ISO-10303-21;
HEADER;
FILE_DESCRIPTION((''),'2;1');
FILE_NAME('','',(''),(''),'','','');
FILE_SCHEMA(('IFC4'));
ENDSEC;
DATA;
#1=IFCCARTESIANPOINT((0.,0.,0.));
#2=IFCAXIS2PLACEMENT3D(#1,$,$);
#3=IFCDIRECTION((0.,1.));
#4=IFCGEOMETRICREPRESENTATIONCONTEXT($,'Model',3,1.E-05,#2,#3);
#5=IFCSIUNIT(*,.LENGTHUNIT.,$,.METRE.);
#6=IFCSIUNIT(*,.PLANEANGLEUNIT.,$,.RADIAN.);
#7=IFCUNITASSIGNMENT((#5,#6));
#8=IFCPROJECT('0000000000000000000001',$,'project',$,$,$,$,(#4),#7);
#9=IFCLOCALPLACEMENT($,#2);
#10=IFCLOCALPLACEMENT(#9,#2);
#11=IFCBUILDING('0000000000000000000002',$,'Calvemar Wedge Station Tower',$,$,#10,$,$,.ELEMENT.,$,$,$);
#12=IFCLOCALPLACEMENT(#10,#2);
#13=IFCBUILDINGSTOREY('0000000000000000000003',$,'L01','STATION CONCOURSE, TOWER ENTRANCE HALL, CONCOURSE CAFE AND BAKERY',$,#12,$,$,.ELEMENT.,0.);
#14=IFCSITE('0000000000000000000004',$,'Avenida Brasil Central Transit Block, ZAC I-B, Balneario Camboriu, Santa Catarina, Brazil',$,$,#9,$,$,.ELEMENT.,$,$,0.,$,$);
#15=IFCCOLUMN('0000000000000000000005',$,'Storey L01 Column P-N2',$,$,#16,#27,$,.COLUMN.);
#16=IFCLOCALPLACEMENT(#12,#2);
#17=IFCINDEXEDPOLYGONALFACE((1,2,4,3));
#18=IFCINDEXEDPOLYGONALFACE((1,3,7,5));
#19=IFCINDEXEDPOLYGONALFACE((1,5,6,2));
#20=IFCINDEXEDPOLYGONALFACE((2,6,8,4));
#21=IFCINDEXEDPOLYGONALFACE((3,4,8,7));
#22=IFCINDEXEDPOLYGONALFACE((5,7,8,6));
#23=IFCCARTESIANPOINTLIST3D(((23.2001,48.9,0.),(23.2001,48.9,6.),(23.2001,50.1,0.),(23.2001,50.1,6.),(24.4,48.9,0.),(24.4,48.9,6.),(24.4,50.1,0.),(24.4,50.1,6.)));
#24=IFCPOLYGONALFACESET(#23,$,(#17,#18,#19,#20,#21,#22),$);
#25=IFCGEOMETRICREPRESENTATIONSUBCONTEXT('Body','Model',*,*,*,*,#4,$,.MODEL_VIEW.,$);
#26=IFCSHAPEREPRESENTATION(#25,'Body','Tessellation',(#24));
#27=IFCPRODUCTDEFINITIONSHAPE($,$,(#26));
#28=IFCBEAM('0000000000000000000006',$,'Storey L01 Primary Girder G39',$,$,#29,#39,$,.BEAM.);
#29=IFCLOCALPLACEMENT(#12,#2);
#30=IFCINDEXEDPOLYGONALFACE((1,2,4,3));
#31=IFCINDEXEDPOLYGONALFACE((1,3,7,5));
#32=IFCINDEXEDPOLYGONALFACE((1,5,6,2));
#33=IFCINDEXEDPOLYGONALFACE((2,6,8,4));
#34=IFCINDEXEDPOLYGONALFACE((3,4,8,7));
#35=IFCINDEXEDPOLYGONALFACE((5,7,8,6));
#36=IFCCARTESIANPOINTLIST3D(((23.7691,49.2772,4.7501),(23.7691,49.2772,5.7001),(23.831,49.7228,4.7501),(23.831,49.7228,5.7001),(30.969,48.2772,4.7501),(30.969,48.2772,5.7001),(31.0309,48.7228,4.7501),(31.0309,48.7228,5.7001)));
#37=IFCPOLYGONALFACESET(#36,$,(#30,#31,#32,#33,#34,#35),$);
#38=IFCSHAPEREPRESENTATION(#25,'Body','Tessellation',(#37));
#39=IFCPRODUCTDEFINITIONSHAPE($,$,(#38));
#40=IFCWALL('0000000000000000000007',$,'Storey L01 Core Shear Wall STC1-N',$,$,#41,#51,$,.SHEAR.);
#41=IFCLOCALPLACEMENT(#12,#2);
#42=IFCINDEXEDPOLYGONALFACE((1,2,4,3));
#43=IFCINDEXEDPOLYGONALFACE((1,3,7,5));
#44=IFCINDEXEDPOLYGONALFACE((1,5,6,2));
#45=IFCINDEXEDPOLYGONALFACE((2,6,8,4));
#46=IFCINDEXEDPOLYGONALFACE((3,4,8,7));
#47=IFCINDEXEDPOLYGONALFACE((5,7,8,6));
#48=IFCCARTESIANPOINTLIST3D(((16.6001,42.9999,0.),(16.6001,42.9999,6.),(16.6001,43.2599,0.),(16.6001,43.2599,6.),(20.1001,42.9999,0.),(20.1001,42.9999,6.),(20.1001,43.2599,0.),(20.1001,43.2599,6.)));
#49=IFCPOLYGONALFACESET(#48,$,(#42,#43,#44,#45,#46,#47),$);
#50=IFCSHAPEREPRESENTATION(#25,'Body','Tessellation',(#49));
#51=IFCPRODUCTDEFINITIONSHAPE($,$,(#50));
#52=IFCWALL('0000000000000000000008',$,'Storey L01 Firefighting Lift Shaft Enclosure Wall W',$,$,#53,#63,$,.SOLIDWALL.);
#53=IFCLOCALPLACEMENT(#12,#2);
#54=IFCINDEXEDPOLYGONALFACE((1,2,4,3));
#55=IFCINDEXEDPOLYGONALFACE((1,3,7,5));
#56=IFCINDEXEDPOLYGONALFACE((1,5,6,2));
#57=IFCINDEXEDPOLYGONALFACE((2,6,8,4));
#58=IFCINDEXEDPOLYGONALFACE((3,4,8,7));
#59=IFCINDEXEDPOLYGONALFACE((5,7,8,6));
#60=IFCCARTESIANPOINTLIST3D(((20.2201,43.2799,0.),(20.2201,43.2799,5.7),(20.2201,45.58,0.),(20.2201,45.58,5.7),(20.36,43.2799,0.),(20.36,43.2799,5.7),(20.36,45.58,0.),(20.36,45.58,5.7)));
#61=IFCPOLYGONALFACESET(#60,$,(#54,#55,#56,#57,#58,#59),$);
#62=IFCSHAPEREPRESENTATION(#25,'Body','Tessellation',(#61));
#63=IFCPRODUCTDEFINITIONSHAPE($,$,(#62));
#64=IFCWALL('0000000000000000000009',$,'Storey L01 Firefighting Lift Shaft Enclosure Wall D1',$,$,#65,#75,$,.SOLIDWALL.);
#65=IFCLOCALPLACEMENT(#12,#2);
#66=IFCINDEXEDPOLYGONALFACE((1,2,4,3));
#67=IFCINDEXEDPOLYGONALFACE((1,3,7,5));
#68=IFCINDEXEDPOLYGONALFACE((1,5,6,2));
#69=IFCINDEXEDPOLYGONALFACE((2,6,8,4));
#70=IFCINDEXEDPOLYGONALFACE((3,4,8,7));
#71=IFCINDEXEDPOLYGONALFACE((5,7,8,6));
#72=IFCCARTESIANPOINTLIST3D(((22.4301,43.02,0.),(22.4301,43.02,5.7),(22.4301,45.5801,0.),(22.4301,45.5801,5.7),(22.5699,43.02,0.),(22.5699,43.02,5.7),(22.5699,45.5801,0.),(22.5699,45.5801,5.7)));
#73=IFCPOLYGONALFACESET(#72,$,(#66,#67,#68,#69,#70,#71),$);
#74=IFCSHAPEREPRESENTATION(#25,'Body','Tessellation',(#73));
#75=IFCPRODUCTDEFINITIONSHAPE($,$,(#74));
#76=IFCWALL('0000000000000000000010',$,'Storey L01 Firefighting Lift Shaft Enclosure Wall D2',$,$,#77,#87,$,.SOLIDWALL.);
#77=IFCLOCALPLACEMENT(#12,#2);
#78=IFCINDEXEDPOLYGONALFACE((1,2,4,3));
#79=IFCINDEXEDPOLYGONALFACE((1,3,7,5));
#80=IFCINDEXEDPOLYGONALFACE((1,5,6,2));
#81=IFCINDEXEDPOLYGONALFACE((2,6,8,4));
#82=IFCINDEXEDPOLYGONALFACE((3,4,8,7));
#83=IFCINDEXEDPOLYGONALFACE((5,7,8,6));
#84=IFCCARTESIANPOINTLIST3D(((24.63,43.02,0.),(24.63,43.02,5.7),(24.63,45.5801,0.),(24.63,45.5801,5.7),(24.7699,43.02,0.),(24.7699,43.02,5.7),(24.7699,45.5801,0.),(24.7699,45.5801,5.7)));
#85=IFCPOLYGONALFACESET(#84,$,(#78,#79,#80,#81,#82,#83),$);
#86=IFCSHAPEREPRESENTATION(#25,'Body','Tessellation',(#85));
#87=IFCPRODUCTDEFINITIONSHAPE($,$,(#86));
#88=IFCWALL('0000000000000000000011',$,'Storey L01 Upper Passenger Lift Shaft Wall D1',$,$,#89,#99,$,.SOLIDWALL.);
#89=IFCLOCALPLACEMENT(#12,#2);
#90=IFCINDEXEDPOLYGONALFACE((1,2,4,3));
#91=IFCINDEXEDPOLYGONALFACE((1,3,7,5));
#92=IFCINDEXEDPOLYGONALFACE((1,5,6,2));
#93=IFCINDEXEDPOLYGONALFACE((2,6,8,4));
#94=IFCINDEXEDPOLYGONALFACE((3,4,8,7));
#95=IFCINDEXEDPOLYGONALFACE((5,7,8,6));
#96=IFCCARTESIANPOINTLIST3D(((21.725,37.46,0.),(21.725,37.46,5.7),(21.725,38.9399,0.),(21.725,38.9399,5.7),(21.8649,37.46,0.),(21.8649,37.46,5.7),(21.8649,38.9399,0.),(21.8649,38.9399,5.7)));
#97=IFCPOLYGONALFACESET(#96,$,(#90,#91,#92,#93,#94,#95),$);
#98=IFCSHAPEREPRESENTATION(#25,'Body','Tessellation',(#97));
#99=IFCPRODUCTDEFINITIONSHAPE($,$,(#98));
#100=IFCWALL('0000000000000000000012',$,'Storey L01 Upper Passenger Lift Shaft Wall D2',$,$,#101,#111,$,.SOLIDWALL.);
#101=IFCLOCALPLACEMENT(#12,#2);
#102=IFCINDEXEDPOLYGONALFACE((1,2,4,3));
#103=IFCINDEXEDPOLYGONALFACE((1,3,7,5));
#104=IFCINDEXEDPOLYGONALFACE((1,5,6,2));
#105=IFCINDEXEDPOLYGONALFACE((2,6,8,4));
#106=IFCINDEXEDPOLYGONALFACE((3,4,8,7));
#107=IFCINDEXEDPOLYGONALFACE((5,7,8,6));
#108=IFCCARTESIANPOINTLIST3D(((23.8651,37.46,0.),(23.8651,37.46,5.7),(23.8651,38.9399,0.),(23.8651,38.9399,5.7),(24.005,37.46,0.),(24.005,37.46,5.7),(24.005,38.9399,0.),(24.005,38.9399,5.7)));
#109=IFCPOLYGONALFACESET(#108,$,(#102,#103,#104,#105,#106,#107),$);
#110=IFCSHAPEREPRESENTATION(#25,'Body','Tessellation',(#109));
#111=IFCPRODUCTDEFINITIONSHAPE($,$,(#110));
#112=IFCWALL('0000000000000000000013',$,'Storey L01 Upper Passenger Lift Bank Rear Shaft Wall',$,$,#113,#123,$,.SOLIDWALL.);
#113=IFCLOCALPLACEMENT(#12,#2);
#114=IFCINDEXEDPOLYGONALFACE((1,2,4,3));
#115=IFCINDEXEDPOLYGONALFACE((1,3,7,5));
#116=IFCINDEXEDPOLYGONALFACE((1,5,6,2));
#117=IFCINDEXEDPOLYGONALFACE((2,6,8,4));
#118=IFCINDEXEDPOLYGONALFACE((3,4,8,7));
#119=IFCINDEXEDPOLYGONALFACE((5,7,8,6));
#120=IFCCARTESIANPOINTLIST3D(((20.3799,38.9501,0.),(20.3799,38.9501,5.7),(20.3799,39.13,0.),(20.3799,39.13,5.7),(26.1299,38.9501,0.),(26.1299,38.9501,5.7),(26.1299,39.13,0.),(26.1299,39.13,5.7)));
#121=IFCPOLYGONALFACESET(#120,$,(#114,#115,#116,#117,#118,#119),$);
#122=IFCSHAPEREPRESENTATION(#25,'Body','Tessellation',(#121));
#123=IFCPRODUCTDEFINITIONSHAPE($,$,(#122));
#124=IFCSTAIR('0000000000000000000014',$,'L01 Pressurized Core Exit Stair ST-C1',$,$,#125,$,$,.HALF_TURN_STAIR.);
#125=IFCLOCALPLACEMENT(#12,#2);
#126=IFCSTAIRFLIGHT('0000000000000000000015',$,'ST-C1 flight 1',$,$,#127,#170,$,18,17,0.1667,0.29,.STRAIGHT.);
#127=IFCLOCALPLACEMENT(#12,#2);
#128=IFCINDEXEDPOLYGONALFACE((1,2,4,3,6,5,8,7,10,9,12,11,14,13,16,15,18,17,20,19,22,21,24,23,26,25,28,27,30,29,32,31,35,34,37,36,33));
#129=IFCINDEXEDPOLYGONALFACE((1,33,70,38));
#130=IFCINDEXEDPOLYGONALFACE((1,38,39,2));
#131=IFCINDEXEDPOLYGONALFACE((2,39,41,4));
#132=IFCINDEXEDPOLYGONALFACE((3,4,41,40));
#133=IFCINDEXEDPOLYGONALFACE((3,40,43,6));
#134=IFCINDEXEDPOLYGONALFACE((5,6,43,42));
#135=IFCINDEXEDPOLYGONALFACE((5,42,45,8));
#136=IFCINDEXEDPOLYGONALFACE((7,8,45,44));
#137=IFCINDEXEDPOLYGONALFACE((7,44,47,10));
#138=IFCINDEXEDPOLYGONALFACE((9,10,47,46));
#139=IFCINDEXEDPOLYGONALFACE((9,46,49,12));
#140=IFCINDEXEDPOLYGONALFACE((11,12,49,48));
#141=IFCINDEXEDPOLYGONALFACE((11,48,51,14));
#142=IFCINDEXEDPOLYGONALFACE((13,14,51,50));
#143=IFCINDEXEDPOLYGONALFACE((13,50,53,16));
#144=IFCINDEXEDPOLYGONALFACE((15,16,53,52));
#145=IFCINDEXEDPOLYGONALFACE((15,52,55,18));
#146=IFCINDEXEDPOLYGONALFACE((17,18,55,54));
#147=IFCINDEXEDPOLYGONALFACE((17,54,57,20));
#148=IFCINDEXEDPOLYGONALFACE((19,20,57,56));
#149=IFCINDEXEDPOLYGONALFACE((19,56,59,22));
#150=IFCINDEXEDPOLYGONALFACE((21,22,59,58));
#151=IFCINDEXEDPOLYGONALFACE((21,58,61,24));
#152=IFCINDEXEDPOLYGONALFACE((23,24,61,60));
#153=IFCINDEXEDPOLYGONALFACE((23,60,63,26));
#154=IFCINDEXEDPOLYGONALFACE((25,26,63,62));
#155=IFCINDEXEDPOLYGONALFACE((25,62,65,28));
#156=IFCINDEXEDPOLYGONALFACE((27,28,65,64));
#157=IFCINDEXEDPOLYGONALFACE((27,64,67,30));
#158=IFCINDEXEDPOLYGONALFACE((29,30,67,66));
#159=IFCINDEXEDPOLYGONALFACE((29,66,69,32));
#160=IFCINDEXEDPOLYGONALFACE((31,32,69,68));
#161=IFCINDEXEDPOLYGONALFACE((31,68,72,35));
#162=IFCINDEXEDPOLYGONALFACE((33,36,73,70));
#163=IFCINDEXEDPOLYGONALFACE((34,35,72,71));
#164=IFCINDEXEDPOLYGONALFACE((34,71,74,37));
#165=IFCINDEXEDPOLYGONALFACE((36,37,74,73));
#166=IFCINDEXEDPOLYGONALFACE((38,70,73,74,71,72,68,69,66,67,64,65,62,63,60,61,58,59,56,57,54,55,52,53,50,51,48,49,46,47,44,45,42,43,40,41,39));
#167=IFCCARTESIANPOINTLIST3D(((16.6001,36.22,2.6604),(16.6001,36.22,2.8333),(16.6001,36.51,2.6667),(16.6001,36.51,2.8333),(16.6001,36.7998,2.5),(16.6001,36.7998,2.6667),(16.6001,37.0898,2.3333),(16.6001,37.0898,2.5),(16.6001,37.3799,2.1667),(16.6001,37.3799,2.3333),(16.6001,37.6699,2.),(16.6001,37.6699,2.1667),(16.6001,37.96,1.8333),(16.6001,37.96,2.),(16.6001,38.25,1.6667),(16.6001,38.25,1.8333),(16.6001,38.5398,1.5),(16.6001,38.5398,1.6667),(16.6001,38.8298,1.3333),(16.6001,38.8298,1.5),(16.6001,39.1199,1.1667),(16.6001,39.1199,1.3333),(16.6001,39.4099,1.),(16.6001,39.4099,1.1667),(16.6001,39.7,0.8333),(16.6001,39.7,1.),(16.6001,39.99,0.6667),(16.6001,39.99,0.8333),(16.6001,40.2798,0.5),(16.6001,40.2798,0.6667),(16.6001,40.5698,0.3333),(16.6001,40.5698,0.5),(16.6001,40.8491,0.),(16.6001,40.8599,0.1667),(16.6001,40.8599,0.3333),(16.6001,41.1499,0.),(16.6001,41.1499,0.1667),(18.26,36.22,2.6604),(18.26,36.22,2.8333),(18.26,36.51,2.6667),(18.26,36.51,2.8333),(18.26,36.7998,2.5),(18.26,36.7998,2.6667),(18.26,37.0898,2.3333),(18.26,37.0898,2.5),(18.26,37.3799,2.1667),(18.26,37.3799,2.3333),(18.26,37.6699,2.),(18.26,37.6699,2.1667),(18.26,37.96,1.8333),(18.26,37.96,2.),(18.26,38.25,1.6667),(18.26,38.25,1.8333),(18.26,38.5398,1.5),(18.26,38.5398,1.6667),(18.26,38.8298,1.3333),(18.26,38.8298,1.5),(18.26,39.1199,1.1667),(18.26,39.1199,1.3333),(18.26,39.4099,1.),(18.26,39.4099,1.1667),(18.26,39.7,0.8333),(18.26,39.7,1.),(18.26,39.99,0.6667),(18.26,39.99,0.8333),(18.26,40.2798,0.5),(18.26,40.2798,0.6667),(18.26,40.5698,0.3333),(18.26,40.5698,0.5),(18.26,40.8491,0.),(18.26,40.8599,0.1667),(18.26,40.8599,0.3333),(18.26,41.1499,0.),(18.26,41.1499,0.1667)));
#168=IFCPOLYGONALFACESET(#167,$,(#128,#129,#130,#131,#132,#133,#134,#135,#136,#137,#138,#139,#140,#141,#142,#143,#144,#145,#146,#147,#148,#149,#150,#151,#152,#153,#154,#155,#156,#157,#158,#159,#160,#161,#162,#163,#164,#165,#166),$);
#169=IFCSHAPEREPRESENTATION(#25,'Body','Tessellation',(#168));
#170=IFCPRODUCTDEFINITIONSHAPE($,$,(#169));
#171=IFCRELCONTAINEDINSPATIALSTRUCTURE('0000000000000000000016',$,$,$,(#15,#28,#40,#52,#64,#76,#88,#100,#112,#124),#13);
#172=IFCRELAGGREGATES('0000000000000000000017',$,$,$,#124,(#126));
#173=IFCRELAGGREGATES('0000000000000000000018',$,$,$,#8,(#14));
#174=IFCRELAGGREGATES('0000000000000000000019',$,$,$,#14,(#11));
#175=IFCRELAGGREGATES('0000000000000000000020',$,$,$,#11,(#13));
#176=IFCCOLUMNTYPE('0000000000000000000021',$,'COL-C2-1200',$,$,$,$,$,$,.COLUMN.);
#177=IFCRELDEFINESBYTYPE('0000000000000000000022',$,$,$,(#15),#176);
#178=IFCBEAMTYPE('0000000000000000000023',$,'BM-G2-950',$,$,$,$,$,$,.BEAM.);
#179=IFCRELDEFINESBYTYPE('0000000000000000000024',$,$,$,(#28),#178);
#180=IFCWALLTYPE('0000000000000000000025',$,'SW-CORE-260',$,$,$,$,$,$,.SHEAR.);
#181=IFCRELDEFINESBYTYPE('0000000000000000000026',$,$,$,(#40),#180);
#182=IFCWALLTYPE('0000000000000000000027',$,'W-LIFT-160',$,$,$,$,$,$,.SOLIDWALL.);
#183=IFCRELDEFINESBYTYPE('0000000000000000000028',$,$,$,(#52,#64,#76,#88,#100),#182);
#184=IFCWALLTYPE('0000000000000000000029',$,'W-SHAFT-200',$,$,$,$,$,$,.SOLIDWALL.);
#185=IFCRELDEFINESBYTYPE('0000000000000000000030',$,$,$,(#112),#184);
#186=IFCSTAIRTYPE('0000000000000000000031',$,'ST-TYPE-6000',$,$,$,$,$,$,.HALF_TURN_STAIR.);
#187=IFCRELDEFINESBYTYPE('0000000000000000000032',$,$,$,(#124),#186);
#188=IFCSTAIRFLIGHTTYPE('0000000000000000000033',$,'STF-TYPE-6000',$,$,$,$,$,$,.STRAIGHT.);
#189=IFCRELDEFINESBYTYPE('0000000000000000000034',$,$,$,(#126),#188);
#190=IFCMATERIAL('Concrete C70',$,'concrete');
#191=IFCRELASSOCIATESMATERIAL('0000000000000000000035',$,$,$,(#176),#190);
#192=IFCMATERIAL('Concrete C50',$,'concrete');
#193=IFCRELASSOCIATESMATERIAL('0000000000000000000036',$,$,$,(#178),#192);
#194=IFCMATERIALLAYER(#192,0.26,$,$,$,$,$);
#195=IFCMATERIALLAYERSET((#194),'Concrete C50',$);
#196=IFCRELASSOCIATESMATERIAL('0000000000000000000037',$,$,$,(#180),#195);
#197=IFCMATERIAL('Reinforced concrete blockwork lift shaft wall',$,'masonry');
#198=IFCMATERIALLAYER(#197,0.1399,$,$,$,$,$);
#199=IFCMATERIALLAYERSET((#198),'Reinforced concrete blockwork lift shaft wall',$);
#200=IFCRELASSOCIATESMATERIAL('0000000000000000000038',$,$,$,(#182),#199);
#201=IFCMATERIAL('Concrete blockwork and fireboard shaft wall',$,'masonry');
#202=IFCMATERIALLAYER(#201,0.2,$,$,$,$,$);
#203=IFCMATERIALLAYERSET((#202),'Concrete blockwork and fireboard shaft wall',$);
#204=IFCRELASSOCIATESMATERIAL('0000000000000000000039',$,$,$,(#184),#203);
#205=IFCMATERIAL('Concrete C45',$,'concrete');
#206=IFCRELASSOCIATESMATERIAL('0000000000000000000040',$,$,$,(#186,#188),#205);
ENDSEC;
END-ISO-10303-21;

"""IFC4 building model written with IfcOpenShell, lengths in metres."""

from ifc_helpers import new_model, si_unit, direction, frame, frame_2d, origin, origin_2d, place, context, subcontext, project, spatial, polyline, rectangle, outline, extrude, source, transform, mapped, material, layer, layer_set, material_profile, profile_set, type_object, element, aggregate, save


model = new_model("IFC4")

# Units and contexts
model_context = context("Model", 3, precision=1e-05, world=origin(), true_north=direction((0.0, 1.0)))
body_context = subcontext(model_context, "Body", "Model", "MODEL_VIEW")
ifc_project = project(units=[si_unit("LENGTHUNIT", "METRE"), si_unit("PLANEANGLEUNIT", "RADIAN")], contexts=[model_context])

# Site, building, storey
site_placement = place(None, origin())
site = spatial("IfcSite", under=ifc_project, at=site_placement, Name="Avenida Brasil Central Transit Block, ZAC I-B, Balneario Camboriu, Santa Catarina, Brazil", CompositionType="ELEMENT", RefElevation=0.0)
building_placement = place(site_placement, origin())
building = spatial("IfcBuilding", under=site, at=building_placement, Name="Calvemar Wedge Station Tower", CompositionType="ELEMENT")
storey_placement = place(building_placement, origin())
storey = spatial("IfcBuildingStorey", under=building, at=storey_placement, Name="L01", Description="STATION CONCOURSE, TOWER ENTRANCE HALL, CONCOURSE CAFE AND BAKERY", CompositionType="ELEMENT", Elevation=0.0)

# Column
ifc_material_1 = material(Name="Concrete C70", Category="concrete")
ifc_material_profile_1 = material_profile(ifc_material_1, rectangle(XDim=1.2, YDim=1.2, at=origin_2d()), Name="RC1200x1200")
ifc_profile_set_1 = profile_set([ifc_material_profile_1], Name="Concrete C70")
column_type = type_object("IfcColumnType", Name="COL-C2-1200", PredefinedType="COLUMN", material=ifc_profile_set_1)
shared_shape_1 = source(origin(), body_context, "Body", "SweptSolid", [
    extrude(rectangle(XDim=1.2, YDim=1.2, at=origin_2d()), origin(), (0.0, 0.0, 1.0), 6.0),
])
column_placement = place(storey_placement, frame((23.8, 49.5, 0.0), z_axis=(0.0, 0.0, 1.0), x_axis=(1.0, 0.0, 0.0)))
element("IfcColumn", 1, at=column_placement, inside=storey, type_object=column_type, Name="Storey L01 Column P-N2", PredefinedType="COLUMN", context=body_context, shape_type="MappedRepresentation", body=[
    mapped(shared_shape_1, transform((0.0, 0.0, 0.0), scale=1.0)),
])

# Beam
ifc_material_2 = material(Name="Concrete C50", Category="concrete")
ifc_material_profile_2 = material_profile(ifc_material_2, rectangle(XDim=0.45, YDim=0.95, at=origin_2d()), Name="RC450x950")
ifc_profile_set_2 = profile_set([ifc_material_profile_2], Name="Concrete C50")
beam_type = type_object("IfcBeamType", Name="BM-G2-950", PredefinedType="BEAM", material=ifc_profile_set_2)
shared_shape_2 = source(origin(), body_context, "Body", "SweptSolid", [
    extrude(rectangle(XDim=0.45, YDim=0.95, at=origin_2d()), origin(), (0.0, 0.0, 1.0), 7.269),
])
beam_placement = place(storey_placement, frame((23.8, 49.5, 5.2251), z_axis=(0.990492, -0.137569, 0.0), x_axis=(0.137569, 0.990492, 0.0)))
element("IfcBeam", 2, at=beam_placement, inside=storey, type_object=beam_type, Name="Storey L01 Primary Girder G39", PredefinedType="BEAM", context=body_context, shape_type="MappedRepresentation", body=[
    mapped(shared_shape_2, transform((0.0, 0.0, 0.0), scale=1.0)),
])

# Wall
ifc_layer_1 = layer(ifc_material_2, 0.26)
ifc_layer_set_1 = layer_set([ifc_layer_1], Name="Concrete C50")
wall_type_1 = type_object("IfcWallType", Name="SW-CORE-260", PredefinedType="SHEAR", material=ifc_layer_set_1)
wall_1_placement = place(storey_placement, frame((16.6001, 43.1299, 0.0), z_axis=(0.0, 0.0, 1.0), x_axis=(1.0, 0.0, 0.0)))
element("IfcWall", 3, at=wall_1_placement, inside=storey, type_object=wall_type_1, Name="Storey L01 Core Shear Wall STC1-N", PredefinedType="SHEAR", context=body_context, shape_type="SweptSolid", body=[
    extrude(rectangle(XDim=3.5, YDim=0.26, at=frame_2d((1.75, 0.0))), origin(), (0.0, 0.0, 1.0), 6.0),
])

# Shared definitions
ifc_material_3 = material(Name="Reinforced concrete blockwork lift shaft wall", Category="masonry")
ifc_layer_2 = layer(ifc_material_3, 0.1399)
ifc_layer_set_2 = layer_set([ifc_layer_2], Name="Reinforced concrete blockwork lift shaft wall")
wall_type_2 = type_object("IfcWallType", Name="W-LIFT-160", PredefinedType="SOLIDWALL", material=ifc_layer_set_2)

# Walls
wall_2_placement = place(storey_placement, frame((20.29, 43.28, 0.0), z_axis=(0.0, 0.0, 1.0), x_axis=(0.0, 1.0, 0.0)))
element("IfcWall", 4, at=wall_2_placement, inside=storey, type_object=wall_type_2, Name="Storey L01 Firefighting Lift Shaft Enclosure Wall W", PredefinedType="SOLIDWALL", context=body_context, shape_type="SweptSolid", body=[
    extrude(rectangle(XDim=2.3, YDim=0.1399, at=frame_2d((1.1499, 0.0))), origin(), (0.0, 0.0, 1.0), 5.7),
])
for number, where, z_axis, x_axis, name in (
    (5, (22.5, 43.02, 0.0), (0.0, 0.0, 1.0), (0.0, 1.0, 0.0), "Storey L01 Firefighting Lift Shaft Enclosure Wall D1"),
    (6, (24.7, 43.02, 0.0), (0.0, 0.0, 1.0), (0.0, 1.0, 0.0), "Storey L01 Firefighting Lift Shaft Enclosure Wall D2"),
):
    element("IfcWall", number, at=place(storey_placement, frame(where, z_axis=z_axis, x_axis=x_axis)), inside=storey, type_object=wall_type_2, Name=name, PredefinedType="SOLIDWALL", context=body_context, shape_type="SweptSolid", body=[
        extrude(rectangle(XDim=2.5601, YDim=0.1399, at=frame_2d((1.28, 0.0))), origin(), (0.0, 0.0, 1.0), 5.7),
    ])

# Walls
for number, where, z_axis, x_axis, name in (
    (7, (21.7949, 37.46, 0.0), (0.0, 0.0, 1.0), (0.0, 1.0, 0.0), "Storey L01 Upper Passenger Lift Shaft Wall D1"),
    (8, (23.9351, 37.46, 0.0), (0.0, 0.0, 1.0), (0.0, 1.0, 0.0), "Storey L01 Upper Passenger Lift Shaft Wall D2"),
):
    element("IfcWall", number, at=place(storey_placement, frame(where, z_axis=z_axis, x_axis=x_axis)), inside=storey, type_object=wall_type_2, Name=name, PredefinedType="SOLIDWALL", context=body_context, shape_type="SweptSolid", body=[
        extrude(rectangle(XDim=1.48, YDim=0.1399, at=frame_2d((0.74, 0.0))), origin(), (0.0, 0.0, 1.0), 5.7),
    ])
ifc_material_4 = material(Name="Concrete blockwork and fireboard shaft wall", Category="masonry")
ifc_layer_3 = layer(ifc_material_4, 0.2)
ifc_layer_set_3 = layer_set([ifc_layer_3], Name="Concrete blockwork and fireboard shaft wall")
wall_type_3 = type_object("IfcWallType", Name="W-SHAFT-200", PredefinedType="SOLIDWALL", material=ifc_layer_set_3)
wall_3_placement = place(storey_placement, frame((20.3799, 39.04, 0.0), z_axis=(0.0, 0.0, 1.0), x_axis=(1.0, 0.0, 0.0)))
element("IfcWall", 9, at=wall_3_placement, inside=storey, type_object=wall_type_3, Name="Storey L01 Upper Passenger Lift Bank Rear Shaft Wall", PredefinedType="SOLIDWALL", context=body_context, shape_type="SweptSolid", body=[
    extrude(rectangle(XDim=5.75, YDim=0.1799, at=frame_2d((2.875, 0.0))), origin(), (0.0, 0.0, 1.0), 5.7),
])

# Stair, stair flight
ifc_material_5 = material(Name="Concrete C45", Category="concrete")
stair_type = type_object("IfcStairType", Name="ST-TYPE-6000", PredefinedType="HALF_TURN_STAIR", material=ifc_material_5)
stair_placement = place(storey_placement, origin())
stair = element("IfcStair", 10, at=stair_placement, inside=storey, type_object=stair_type, Name="L01 Pressurized Core Exit Stair ST-C1", PredefinedType="HALF_TURN_STAIR")
stair_flight_type = type_object("IfcStairFlightType", Name="STF-TYPE-6000", PredefinedType="STRAIGHT", material=ifc_material_5)
stair_flight_placement = place(storey_placement, frame((17.4299, 41.1499, 0.0), z_axis=(0.0, 0.0, 1.0), x_axis=(0.0, -1.0, 0.0)))
stair_flight = element("IfcStairFlight", 11, at=stair_flight_placement, type_object=stair_flight_type, Name="ST-C1 flight 1", NumberOfRisers=18, NumberOfTreads=17, PredefinedType="STRAIGHT", RiserHeight=0.1667, TreadLength=0.29, context=body_context, shape_type="SweptSolid", body=[
    extrude(outline(polyline([(0.0, 0.0), (0.0, 0.1667), (0.29, 0.1667), (0.29, 0.3333), (0.5801, 0.3333), (0.5801, 0.5), (0.8701, 0.5), (0.8701, 0.6667), (1.1599, 0.6667), (1.1599, 0.8333), (1.45, 0.8333), (1.45, 1.0), (1.74, 1.0), (1.74, 1.1667), (2.03, 1.1667), (2.03, 1.3333), (2.3201, 1.3333), (2.3201, 1.5), (2.6101, 1.5), (2.6101, 1.6667), (2.8999, 1.6667), (2.8999, 1.8333), (3.1899, 1.8333), (3.1899, 2.0), (3.48, 2.0), (3.48, 2.1667), (3.77, 2.1667), (3.77, 2.3333), (4.0601, 2.3333), (4.0601, 2.5), (4.3501, 2.5), (4.3501, 2.6667), (4.6399, 2.6667), (4.6399, 2.8333), (4.9299, 2.8333), (4.9299, 3.0), (4.9299, 2.6604), (0.3008, 0.0), (0.0, 0.0)])), frame((0.0, 0.8301, 0.0), z_axis=(0.0, -1.0, 0.0), x_axis=(1.0, 0.0, 0.0)), (0.0, 0.0, 1.0), 1.6599),
])
aggregate(stair, [stair_flight])

save(model, "model.ifc")
